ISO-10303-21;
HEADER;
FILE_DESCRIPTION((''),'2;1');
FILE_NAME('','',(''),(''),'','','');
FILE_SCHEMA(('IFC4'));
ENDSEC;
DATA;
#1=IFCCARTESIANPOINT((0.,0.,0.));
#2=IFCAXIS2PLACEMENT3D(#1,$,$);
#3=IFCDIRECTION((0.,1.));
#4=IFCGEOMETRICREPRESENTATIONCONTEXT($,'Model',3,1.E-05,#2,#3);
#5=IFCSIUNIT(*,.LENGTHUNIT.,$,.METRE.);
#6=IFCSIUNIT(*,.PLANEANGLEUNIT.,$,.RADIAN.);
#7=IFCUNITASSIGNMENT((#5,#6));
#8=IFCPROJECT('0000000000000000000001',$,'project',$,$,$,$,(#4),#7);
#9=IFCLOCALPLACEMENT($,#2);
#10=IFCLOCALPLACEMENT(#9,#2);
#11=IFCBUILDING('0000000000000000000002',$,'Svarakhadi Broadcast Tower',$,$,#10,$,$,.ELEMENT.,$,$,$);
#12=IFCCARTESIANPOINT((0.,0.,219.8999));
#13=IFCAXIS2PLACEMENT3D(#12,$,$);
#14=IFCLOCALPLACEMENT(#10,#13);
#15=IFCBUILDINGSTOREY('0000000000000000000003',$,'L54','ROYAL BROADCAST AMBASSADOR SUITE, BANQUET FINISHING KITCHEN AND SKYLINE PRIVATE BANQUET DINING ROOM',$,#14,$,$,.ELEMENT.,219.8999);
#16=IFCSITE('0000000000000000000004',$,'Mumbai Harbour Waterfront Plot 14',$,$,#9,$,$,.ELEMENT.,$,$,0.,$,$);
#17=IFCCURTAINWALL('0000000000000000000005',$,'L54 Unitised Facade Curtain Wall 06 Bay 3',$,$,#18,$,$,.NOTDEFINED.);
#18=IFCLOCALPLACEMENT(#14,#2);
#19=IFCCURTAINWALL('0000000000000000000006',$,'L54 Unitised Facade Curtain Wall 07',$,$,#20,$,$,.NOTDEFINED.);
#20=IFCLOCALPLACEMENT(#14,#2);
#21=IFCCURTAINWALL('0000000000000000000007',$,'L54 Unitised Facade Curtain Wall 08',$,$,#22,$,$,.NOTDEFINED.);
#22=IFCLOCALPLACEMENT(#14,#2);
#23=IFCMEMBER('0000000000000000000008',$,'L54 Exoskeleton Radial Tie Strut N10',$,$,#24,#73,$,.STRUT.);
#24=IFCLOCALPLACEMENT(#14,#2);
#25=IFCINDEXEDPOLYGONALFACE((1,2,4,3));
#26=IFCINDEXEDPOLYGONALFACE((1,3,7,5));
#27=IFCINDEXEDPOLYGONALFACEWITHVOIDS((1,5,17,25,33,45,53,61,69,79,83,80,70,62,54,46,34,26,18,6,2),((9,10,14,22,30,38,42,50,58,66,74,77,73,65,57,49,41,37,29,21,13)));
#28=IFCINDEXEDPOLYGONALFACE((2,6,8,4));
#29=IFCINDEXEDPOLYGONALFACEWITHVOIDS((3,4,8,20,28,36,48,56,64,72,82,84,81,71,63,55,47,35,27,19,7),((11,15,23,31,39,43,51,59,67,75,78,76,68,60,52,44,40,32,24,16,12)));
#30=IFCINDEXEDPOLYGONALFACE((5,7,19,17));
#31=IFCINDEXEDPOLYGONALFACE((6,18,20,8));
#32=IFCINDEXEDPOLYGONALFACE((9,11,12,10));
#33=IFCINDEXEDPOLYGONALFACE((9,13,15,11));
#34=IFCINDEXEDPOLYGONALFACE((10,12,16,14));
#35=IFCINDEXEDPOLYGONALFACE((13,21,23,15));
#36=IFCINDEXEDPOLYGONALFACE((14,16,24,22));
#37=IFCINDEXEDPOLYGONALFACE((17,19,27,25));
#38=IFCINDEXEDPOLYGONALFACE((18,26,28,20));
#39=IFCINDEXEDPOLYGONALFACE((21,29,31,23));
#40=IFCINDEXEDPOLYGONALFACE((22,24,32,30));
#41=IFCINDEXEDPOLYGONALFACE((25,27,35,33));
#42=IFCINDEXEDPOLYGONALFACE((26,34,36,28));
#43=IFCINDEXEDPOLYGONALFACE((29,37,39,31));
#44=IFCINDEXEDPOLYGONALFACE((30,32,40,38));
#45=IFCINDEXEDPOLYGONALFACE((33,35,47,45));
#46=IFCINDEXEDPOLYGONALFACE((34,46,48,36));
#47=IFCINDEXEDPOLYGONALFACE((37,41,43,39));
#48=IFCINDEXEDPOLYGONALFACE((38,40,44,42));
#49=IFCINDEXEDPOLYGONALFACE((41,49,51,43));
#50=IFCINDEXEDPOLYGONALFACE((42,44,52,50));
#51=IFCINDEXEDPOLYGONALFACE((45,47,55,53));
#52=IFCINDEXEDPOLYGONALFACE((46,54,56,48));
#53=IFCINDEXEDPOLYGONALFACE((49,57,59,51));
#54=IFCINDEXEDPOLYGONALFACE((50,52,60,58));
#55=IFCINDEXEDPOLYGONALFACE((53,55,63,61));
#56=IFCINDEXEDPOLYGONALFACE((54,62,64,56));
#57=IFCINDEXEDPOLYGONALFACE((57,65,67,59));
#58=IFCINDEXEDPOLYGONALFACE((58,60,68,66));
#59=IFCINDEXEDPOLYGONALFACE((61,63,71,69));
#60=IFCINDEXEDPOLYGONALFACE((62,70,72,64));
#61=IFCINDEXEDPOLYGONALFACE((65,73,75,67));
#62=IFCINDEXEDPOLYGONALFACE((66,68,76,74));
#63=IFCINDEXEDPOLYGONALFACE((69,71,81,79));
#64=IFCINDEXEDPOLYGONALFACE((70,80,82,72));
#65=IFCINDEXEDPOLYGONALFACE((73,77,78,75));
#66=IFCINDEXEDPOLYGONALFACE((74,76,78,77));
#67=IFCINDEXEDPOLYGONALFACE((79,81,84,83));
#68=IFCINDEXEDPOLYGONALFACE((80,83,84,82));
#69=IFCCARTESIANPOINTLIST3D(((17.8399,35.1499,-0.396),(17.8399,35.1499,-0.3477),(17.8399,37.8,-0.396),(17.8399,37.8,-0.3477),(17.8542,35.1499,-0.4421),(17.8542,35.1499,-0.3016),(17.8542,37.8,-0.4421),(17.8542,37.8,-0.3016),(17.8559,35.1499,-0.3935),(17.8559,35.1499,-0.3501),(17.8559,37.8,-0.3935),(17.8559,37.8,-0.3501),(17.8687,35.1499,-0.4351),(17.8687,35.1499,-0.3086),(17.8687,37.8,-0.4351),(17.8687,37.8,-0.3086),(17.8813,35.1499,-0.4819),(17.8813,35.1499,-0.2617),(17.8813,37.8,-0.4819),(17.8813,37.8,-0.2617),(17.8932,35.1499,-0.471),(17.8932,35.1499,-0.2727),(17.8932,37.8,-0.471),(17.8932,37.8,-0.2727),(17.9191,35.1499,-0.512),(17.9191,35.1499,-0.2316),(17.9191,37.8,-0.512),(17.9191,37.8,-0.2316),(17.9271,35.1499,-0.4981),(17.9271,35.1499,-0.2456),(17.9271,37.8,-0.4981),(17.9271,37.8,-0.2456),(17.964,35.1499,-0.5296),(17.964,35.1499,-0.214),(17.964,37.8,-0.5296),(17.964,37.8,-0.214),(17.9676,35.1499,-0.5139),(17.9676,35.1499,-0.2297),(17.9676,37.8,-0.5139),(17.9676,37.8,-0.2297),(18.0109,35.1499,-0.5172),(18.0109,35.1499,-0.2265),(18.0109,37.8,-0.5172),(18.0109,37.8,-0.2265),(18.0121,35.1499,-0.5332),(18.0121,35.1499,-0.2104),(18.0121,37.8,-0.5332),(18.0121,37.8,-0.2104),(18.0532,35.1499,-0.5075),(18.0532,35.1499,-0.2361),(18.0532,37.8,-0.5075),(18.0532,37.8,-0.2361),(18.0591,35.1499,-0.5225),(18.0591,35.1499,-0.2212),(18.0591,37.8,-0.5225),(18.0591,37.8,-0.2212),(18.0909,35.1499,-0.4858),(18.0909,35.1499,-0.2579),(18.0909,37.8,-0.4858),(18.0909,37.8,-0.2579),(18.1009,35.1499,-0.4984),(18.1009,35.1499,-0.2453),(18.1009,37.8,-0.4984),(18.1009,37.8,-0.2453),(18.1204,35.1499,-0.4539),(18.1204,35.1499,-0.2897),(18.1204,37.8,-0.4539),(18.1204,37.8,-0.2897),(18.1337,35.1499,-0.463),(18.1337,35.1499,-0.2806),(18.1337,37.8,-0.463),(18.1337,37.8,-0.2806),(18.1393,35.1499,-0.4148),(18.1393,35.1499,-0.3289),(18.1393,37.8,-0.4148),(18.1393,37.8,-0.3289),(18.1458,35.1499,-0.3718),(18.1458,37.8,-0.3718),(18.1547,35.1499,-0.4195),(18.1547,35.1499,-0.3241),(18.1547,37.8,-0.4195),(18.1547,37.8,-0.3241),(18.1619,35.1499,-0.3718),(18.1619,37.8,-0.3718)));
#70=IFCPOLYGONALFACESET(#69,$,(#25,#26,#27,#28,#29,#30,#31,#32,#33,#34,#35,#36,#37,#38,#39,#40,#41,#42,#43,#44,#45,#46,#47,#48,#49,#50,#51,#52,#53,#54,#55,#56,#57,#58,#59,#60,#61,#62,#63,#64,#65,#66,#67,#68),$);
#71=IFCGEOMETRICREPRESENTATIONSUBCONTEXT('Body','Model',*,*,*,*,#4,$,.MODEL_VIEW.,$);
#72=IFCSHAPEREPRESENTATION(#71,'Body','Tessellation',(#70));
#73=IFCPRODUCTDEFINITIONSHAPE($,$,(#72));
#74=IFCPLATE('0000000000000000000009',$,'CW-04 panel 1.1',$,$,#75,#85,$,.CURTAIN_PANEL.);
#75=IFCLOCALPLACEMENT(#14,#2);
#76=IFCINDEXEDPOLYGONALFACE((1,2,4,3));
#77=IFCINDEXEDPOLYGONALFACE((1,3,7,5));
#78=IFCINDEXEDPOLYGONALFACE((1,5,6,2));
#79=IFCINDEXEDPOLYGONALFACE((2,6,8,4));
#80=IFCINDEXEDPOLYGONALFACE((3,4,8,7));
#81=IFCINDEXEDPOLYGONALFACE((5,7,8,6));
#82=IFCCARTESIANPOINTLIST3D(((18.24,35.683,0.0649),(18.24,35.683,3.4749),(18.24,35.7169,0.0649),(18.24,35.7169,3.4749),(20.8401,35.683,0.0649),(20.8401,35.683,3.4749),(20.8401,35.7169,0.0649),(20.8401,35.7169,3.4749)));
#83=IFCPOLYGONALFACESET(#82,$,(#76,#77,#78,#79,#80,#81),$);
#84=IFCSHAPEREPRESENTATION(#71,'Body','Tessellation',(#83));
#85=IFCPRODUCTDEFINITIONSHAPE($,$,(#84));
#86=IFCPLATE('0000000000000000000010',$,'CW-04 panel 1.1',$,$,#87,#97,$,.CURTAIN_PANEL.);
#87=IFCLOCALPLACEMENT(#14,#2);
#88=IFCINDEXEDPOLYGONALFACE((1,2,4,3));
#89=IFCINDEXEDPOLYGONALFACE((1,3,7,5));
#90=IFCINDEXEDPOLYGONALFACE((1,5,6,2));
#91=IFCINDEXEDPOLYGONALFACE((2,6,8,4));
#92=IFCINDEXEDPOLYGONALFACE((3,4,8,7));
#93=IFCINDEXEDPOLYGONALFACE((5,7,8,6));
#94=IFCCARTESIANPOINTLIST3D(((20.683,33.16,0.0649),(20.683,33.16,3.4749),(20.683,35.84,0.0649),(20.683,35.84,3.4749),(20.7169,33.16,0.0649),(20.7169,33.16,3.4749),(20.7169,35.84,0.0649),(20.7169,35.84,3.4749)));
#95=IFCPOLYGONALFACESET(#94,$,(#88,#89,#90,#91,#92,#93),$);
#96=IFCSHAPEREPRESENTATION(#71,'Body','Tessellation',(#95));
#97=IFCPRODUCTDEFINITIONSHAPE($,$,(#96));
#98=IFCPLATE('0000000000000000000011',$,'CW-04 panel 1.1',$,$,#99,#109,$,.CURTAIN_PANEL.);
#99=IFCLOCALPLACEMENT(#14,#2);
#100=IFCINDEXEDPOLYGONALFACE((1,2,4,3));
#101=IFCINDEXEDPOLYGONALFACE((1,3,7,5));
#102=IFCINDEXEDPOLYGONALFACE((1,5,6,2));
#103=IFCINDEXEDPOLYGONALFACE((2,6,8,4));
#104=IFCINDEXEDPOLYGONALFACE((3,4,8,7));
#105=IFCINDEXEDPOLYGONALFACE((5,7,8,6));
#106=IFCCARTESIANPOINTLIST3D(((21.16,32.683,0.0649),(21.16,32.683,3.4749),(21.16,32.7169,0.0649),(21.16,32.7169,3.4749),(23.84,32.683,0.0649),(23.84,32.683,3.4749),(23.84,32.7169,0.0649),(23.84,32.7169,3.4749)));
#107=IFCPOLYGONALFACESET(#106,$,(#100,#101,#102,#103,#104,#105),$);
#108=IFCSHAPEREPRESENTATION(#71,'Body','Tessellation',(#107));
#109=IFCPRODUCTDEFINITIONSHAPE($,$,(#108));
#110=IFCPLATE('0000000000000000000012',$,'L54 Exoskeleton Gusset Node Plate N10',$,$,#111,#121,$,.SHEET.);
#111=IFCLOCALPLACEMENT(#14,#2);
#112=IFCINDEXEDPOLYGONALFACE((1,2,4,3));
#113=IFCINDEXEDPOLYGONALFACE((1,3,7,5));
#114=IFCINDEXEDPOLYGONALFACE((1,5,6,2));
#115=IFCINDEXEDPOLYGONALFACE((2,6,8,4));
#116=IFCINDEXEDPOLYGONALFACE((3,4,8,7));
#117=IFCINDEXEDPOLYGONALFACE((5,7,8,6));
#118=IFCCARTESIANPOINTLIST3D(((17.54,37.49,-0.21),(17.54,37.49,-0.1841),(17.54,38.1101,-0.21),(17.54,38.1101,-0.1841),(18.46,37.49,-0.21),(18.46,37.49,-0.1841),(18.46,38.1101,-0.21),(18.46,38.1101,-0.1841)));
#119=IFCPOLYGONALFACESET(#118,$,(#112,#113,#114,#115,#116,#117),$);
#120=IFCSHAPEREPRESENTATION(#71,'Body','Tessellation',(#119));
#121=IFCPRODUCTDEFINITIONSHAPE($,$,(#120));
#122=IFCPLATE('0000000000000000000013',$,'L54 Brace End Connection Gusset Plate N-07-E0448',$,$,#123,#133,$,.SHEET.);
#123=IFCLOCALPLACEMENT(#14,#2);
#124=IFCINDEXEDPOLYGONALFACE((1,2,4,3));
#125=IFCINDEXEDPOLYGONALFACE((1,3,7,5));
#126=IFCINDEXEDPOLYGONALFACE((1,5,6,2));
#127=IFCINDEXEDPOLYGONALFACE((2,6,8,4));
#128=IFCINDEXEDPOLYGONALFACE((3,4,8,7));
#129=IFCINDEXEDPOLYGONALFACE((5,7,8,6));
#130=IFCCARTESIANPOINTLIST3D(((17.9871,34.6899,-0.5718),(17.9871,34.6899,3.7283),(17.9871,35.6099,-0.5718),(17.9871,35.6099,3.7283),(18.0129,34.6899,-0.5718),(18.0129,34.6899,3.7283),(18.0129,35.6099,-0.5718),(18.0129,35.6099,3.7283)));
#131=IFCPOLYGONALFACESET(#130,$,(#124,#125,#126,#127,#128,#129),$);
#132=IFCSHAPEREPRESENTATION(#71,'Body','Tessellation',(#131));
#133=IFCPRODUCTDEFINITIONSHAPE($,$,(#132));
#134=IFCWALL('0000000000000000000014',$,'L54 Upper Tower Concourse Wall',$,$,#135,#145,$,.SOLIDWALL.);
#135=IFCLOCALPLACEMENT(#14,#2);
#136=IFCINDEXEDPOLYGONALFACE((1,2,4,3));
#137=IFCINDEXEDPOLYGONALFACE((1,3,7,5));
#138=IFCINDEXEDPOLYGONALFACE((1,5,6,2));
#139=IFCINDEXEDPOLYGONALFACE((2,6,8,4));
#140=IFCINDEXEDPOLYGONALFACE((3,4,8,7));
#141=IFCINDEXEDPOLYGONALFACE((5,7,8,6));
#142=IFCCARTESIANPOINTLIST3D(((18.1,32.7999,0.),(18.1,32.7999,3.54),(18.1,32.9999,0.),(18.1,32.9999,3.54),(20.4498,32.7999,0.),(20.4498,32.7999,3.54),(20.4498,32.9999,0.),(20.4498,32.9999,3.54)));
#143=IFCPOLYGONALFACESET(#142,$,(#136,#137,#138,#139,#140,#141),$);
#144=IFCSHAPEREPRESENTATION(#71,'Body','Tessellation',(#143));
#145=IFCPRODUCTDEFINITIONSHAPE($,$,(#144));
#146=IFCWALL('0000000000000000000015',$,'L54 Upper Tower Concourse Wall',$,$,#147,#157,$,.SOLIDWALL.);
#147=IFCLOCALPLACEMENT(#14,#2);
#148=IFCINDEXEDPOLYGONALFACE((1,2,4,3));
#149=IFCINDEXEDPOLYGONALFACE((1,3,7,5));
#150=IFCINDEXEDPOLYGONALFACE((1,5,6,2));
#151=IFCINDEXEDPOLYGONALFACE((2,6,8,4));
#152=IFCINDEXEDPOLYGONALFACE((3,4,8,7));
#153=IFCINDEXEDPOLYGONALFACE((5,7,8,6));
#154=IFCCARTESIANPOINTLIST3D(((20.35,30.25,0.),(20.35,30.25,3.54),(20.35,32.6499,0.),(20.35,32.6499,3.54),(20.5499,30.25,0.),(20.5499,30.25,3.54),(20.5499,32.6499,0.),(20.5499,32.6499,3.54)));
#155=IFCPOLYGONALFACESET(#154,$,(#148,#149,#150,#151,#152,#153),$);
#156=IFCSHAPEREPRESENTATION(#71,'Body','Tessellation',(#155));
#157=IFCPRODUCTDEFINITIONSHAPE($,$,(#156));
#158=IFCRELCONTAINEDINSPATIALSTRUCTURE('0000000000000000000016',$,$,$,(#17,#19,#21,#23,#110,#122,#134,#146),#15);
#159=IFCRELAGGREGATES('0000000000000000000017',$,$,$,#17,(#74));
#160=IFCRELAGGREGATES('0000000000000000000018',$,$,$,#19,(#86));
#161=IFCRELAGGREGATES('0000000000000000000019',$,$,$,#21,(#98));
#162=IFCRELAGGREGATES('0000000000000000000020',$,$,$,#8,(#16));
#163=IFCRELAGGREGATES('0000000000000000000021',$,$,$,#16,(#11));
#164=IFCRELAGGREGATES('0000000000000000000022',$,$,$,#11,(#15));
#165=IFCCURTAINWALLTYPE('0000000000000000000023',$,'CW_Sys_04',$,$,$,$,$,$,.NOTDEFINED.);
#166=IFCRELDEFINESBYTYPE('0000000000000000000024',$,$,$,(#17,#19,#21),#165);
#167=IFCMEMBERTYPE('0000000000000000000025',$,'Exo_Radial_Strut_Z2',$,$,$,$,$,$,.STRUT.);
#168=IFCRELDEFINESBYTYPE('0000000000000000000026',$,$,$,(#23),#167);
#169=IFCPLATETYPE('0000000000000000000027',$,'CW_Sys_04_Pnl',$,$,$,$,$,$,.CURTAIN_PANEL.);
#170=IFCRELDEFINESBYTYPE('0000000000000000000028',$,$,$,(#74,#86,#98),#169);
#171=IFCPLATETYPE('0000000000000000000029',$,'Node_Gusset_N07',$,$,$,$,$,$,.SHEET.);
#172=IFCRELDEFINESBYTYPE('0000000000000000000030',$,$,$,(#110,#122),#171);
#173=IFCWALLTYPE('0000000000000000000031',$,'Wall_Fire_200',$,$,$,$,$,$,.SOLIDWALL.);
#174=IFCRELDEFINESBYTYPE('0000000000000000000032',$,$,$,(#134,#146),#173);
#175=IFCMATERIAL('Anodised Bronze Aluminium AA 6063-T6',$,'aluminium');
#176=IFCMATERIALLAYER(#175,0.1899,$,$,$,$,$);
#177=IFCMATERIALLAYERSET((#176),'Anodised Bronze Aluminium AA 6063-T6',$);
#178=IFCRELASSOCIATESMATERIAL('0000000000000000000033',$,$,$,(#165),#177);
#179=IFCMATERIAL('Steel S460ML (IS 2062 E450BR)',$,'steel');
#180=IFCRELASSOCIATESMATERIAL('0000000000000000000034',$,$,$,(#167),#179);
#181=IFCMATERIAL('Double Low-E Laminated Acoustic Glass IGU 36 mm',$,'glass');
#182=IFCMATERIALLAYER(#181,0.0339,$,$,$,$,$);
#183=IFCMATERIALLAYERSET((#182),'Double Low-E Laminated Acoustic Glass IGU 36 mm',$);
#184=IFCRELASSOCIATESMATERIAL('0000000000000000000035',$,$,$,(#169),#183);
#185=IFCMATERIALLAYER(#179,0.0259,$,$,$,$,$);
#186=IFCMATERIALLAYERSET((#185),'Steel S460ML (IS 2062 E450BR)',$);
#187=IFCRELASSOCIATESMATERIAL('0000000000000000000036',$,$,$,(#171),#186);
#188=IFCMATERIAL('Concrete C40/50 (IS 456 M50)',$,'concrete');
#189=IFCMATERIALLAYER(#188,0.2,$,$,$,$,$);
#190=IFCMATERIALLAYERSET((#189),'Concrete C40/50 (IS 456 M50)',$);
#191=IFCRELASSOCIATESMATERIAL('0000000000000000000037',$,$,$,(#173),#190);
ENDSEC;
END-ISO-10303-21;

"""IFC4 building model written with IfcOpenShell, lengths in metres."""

from ifc_helpers import new_model, si_unit, direction, frame, frame_2d, origin, origin_2d, place, context, subcontext, project, spatial, rectangle, hollow_circle, extrude, material, layer, layer_set, material_profile, profile_set, type_object, element, aggregate, save


model = new_model("IFC4")

# Units and contexts
model_context = context("Model", 3, precision=1e-05, world=origin(), true_north=direction((0.0, 1.0)))
body_context = subcontext(model_context, "Body", "Model", "MODEL_VIEW")
ifc_project = project(units=[si_unit("LENGTHUNIT", "METRE"), si_unit("PLANEANGLEUNIT", "RADIAN")], contexts=[model_context])

# Site, building, storey
site_placement = place(None, origin())
site = spatial("IfcSite", under=ifc_project, at=site_placement, Name="Mumbai Harbour Waterfront Plot 14", CompositionType="ELEMENT", RefElevation=0.0)
building_placement = place(site_placement, origin())
building = spatial("IfcBuilding", under=site, at=building_placement, Name="Svarakhadi Broadcast Tower", CompositionType="ELEMENT")
storey_placement = place(building_placement, frame((0.0, 0.0, 219.8999)))
storey = spatial("IfcBuildingStorey", under=building, at=storey_placement, Name="L54", Description="ROYAL BROADCAST AMBASSADOR SUITE, BANQUET FINISHING KITCHEN AND SKYLINE PRIVATE BANQUET DINING ROOM", CompositionType="ELEMENT", Elevation=219.8999)

# Shared definitions
ifc_material_1 = material(Name="Steel S460ML (IS 2062 E450BR)", Category="steel")

# Curtain walls
ifc_material_2 = material(Name="Anodised Bronze Aluminium AA 6063-T6", Category="aluminium")
ifc_layer_1 = layer(ifc_material_2, 0.1899)
ifc_layer_set_1 = layer_set([ifc_layer_1], Name="Anodised Bronze Aluminium AA 6063-T6")
curtain_wall_type = type_object("IfcCurtainWallType", Name="CW_Sys_04", PredefinedType="NOTDEFINED", material=ifc_layer_set_1)
curtain_wall_1_placement = place(storey_placement, origin())
curtain_wall_1 = element("IfcCurtainWall", 1, at=curtain_wall_1_placement, inside=storey, type_object=curtain_wall_type, Name="L54 Unitised Facade Curtain Wall 06 Bay 3", PredefinedType="NOTDEFINED")
curtain_wall_2_placement = place(storey_placement, origin())
curtain_wall_2 = element("IfcCurtainWall", 2, at=curtain_wall_2_placement, inside=storey, type_object=curtain_wall_type, Name="L54 Unitised Facade Curtain Wall 07", PredefinedType="NOTDEFINED")
curtain_wall_3_placement = place(storey_placement, origin())
curtain_wall_3 = element("IfcCurtainWall", 3, at=curtain_wall_3_placement, inside=storey, type_object=curtain_wall_type, Name="L54 Unitised Facade Curtain Wall 08", PredefinedType="NOTDEFINED")

# Member
ifc_material_profile_1 = material_profile(ifc_material_1, hollow_circle(Radius=0.1619, WallThickness=0.0161, at=origin_2d()), Name="CHS 323.9x16")
ifc_profile_set_1 = profile_set([ifc_material_profile_1], Name="Steel S460ML (IS 2062 E450BR)")
member_type_1 = type_object("IfcMemberType", Name="Exo_Radial_Strut_Z2", PredefinedType="STRUT", material=ifc_profile_set_1)
member_1_placement = place(storey_placement, frame((18.0, 37.8, -0.3718), z_axis=(0.0, -1.0, 0.0), x_axis=(1.0, 0.0, 0.0)))
element("IfcMember", 4, at=member_1_placement, inside=storey, type_object=member_type_1, Name="L54 Exoskeleton Radial Tie Strut N10", PredefinedType="STRUT", context=body_context, shape_type="SweptSolid", body=[
    extrude(hollow_circle(Radius=0.1619, WallThickness=0.0161, at=origin_2d()), origin(), (0.0, 0.0, 1.0), 2.6501),
])

# Plates
ifc_material_3 = material(Name="Double Low-E Laminated Acoustic Glass IGU 36 mm", Category="glass")
ifc_layer_2 = layer(ifc_material_3, 0.0339)
ifc_layer_set_2 = layer_set([ifc_layer_2], Name="Double Low-E Laminated Acoustic Glass IGU 36 mm")
plate_type_1 = type_object("IfcPlateType", Name="CW_Sys_04_Pnl", PredefinedType="CURTAIN_PANEL", material=ifc_layer_set_2)
plate_1_placement = place(storey_placement, frame((19.54, 35.7, 0.0649), z_axis=(0.0, 0.0, 1.0), x_axis=(1.0, 0.0, 0.0)))
plate_1 = element("IfcPlate", 5, at=plate_1_placement, type_object=plate_type_1, Name="CW-04 panel 1.1", PredefinedType="CURTAIN_PANEL", context=body_context, shape_type="SweptSolid", body=[
    extrude(rectangle(XDim=2.6001, YDim=0.0339, at=origin_2d()), origin(), (0.0, 0.0, 1.0), 3.4099),
])
aggregate(curtain_wall_1, [plate_1])
plate_2_placement = place(storey_placement, frame((20.7, 34.5, 0.0649), z_axis=(0.0, 0.0, 1.0), x_axis=(0.0, -1.0, 0.0)))
plate_2 = element("IfcPlate", 6, at=plate_2_placement, type_object=plate_type_1, Name="CW-04 panel 1.1", PredefinedType="CURTAIN_PANEL", context=body_context, shape_type="SweptSolid", body=[
    extrude(rectangle(XDim=2.6799, YDim=0.0339, at=origin_2d()), origin(), (0.0, 0.0, 1.0), 3.4099),
])
aggregate(curtain_wall_2, [plate_2])
plate_3_placement = place(storey_placement, frame((22.5, 32.7, 0.0649), z_axis=(0.0, 0.0, 1.0), x_axis=(1.0, 0.0, 0.0)))
plate_3 = element("IfcPlate", 7, at=plate_3_placement, type_object=plate_type_1, Name="CW-04 panel 1.1", PredefinedType="CURTAIN_PANEL", context=body_context, shape_type="SweptSolid", body=[
    extrude(rectangle(XDim=2.6799, YDim=0.0339, at=origin_2d()), origin(), (0.0, 0.0, 1.0), 3.4099),
])
aggregate(curtain_wall_3, [plate_3])

# Plates
ifc_layer_3 = layer(ifc_material_1, 0.0259)
ifc_layer_set_3 = layer_set([ifc_layer_3], Name="Steel S460ML (IS 2062 E450BR)")
plate_type_2 = type_object("IfcPlateType", Name="Node_Gusset_N07", PredefinedType="SHEET", material=ifc_layer_set_3)
plate_4_placement = place(storey_placement, frame((18.0, 37.8, -0.21), z_axis=(0.0, 0.0, 1.0), x_axis=(1.0, 0.0, 0.0)))
element("IfcPlate", 8, at=plate_4_placement, inside=storey, type_object=plate_type_2, Name="L54 Exoskeleton Gusset Node Plate N10", PredefinedType="SHEET", context=body_context, shape_type="SweptSolid", body=[
    extrude(rectangle(XDim=0.9199, YDim=0.6201, at=origin_2d()), origin(), (0.0, 0.0, 1.0), 0.0259),
])
plate_5_placement = place(storey_placement, frame((18.0, 35.1499, -0.5718), z_axis=(0.0, 0.0, 1.0), x_axis=(0.0, 1.0, 0.0)))
element("IfcPlate", 9, at=plate_5_placement, inside=storey, type_object=plate_type_2, Name="L54 Brace End Connection Gusset Plate N-07-E0448", PredefinedType="SHEET", context=body_context, shape_type="SweptSolid", body=[
    extrude(rectangle(XDim=0.9199, YDim=0.0259, at=origin_2d()), origin(), (0.0, 0.0, 1.0), 4.3),
])

# Walls
ifc_material_4 = material(Name="Concrete C40/50 (IS 456 M50)", Category="concrete")
ifc_layer_4 = layer(ifc_material_4, 0.2)
ifc_layer_set_4 = layer_set([ifc_layer_4], Name="Concrete C40/50 (IS 456 M50)")
wall_type = type_object("IfcWallType", Name="Wall_Fire_200", PredefinedType="SOLIDWALL", material=ifc_layer_set_4)
wall_1_placement = place(storey_placement, frame((18.1001, 32.8999, 0.0), z_axis=(0.0, 0.0, 1.0), x_axis=(1.0, 0.0, 0.0)))
element("IfcWall", 10, at=wall_1_placement, inside=storey, type_object=wall_type, Name="L54 Upper Tower Concourse Wall", PredefinedType="SOLIDWALL", context=body_context, shape_type="SweptSolid", body=[
    extrude(rectangle(XDim=2.3499, YDim=0.2, at=frame_2d((1.1748, 0.0))), origin(), (0.0, 0.0, 1.0), 3.54),
])
wall_2_placement = place(storey_placement, frame((20.45, 32.6499, 0.0), z_axis=(0.0, 0.0, 1.0), x_axis=(0.0, -1.0, 0.0)))
element("IfcWall", 11, at=wall_2_placement, inside=storey, type_object=wall_type, Name="L54 Upper Tower Concourse Wall", PredefinedType="SOLIDWALL", context=body_context, shape_type="SweptSolid", body=[
    extrude(rectangle(XDim=2.3999, YDim=0.2, at=frame_2d((1.2, 0.0))), origin(), (0.0, 0.0, 1.0), 3.54),
])

save(model, "model.ifc")
